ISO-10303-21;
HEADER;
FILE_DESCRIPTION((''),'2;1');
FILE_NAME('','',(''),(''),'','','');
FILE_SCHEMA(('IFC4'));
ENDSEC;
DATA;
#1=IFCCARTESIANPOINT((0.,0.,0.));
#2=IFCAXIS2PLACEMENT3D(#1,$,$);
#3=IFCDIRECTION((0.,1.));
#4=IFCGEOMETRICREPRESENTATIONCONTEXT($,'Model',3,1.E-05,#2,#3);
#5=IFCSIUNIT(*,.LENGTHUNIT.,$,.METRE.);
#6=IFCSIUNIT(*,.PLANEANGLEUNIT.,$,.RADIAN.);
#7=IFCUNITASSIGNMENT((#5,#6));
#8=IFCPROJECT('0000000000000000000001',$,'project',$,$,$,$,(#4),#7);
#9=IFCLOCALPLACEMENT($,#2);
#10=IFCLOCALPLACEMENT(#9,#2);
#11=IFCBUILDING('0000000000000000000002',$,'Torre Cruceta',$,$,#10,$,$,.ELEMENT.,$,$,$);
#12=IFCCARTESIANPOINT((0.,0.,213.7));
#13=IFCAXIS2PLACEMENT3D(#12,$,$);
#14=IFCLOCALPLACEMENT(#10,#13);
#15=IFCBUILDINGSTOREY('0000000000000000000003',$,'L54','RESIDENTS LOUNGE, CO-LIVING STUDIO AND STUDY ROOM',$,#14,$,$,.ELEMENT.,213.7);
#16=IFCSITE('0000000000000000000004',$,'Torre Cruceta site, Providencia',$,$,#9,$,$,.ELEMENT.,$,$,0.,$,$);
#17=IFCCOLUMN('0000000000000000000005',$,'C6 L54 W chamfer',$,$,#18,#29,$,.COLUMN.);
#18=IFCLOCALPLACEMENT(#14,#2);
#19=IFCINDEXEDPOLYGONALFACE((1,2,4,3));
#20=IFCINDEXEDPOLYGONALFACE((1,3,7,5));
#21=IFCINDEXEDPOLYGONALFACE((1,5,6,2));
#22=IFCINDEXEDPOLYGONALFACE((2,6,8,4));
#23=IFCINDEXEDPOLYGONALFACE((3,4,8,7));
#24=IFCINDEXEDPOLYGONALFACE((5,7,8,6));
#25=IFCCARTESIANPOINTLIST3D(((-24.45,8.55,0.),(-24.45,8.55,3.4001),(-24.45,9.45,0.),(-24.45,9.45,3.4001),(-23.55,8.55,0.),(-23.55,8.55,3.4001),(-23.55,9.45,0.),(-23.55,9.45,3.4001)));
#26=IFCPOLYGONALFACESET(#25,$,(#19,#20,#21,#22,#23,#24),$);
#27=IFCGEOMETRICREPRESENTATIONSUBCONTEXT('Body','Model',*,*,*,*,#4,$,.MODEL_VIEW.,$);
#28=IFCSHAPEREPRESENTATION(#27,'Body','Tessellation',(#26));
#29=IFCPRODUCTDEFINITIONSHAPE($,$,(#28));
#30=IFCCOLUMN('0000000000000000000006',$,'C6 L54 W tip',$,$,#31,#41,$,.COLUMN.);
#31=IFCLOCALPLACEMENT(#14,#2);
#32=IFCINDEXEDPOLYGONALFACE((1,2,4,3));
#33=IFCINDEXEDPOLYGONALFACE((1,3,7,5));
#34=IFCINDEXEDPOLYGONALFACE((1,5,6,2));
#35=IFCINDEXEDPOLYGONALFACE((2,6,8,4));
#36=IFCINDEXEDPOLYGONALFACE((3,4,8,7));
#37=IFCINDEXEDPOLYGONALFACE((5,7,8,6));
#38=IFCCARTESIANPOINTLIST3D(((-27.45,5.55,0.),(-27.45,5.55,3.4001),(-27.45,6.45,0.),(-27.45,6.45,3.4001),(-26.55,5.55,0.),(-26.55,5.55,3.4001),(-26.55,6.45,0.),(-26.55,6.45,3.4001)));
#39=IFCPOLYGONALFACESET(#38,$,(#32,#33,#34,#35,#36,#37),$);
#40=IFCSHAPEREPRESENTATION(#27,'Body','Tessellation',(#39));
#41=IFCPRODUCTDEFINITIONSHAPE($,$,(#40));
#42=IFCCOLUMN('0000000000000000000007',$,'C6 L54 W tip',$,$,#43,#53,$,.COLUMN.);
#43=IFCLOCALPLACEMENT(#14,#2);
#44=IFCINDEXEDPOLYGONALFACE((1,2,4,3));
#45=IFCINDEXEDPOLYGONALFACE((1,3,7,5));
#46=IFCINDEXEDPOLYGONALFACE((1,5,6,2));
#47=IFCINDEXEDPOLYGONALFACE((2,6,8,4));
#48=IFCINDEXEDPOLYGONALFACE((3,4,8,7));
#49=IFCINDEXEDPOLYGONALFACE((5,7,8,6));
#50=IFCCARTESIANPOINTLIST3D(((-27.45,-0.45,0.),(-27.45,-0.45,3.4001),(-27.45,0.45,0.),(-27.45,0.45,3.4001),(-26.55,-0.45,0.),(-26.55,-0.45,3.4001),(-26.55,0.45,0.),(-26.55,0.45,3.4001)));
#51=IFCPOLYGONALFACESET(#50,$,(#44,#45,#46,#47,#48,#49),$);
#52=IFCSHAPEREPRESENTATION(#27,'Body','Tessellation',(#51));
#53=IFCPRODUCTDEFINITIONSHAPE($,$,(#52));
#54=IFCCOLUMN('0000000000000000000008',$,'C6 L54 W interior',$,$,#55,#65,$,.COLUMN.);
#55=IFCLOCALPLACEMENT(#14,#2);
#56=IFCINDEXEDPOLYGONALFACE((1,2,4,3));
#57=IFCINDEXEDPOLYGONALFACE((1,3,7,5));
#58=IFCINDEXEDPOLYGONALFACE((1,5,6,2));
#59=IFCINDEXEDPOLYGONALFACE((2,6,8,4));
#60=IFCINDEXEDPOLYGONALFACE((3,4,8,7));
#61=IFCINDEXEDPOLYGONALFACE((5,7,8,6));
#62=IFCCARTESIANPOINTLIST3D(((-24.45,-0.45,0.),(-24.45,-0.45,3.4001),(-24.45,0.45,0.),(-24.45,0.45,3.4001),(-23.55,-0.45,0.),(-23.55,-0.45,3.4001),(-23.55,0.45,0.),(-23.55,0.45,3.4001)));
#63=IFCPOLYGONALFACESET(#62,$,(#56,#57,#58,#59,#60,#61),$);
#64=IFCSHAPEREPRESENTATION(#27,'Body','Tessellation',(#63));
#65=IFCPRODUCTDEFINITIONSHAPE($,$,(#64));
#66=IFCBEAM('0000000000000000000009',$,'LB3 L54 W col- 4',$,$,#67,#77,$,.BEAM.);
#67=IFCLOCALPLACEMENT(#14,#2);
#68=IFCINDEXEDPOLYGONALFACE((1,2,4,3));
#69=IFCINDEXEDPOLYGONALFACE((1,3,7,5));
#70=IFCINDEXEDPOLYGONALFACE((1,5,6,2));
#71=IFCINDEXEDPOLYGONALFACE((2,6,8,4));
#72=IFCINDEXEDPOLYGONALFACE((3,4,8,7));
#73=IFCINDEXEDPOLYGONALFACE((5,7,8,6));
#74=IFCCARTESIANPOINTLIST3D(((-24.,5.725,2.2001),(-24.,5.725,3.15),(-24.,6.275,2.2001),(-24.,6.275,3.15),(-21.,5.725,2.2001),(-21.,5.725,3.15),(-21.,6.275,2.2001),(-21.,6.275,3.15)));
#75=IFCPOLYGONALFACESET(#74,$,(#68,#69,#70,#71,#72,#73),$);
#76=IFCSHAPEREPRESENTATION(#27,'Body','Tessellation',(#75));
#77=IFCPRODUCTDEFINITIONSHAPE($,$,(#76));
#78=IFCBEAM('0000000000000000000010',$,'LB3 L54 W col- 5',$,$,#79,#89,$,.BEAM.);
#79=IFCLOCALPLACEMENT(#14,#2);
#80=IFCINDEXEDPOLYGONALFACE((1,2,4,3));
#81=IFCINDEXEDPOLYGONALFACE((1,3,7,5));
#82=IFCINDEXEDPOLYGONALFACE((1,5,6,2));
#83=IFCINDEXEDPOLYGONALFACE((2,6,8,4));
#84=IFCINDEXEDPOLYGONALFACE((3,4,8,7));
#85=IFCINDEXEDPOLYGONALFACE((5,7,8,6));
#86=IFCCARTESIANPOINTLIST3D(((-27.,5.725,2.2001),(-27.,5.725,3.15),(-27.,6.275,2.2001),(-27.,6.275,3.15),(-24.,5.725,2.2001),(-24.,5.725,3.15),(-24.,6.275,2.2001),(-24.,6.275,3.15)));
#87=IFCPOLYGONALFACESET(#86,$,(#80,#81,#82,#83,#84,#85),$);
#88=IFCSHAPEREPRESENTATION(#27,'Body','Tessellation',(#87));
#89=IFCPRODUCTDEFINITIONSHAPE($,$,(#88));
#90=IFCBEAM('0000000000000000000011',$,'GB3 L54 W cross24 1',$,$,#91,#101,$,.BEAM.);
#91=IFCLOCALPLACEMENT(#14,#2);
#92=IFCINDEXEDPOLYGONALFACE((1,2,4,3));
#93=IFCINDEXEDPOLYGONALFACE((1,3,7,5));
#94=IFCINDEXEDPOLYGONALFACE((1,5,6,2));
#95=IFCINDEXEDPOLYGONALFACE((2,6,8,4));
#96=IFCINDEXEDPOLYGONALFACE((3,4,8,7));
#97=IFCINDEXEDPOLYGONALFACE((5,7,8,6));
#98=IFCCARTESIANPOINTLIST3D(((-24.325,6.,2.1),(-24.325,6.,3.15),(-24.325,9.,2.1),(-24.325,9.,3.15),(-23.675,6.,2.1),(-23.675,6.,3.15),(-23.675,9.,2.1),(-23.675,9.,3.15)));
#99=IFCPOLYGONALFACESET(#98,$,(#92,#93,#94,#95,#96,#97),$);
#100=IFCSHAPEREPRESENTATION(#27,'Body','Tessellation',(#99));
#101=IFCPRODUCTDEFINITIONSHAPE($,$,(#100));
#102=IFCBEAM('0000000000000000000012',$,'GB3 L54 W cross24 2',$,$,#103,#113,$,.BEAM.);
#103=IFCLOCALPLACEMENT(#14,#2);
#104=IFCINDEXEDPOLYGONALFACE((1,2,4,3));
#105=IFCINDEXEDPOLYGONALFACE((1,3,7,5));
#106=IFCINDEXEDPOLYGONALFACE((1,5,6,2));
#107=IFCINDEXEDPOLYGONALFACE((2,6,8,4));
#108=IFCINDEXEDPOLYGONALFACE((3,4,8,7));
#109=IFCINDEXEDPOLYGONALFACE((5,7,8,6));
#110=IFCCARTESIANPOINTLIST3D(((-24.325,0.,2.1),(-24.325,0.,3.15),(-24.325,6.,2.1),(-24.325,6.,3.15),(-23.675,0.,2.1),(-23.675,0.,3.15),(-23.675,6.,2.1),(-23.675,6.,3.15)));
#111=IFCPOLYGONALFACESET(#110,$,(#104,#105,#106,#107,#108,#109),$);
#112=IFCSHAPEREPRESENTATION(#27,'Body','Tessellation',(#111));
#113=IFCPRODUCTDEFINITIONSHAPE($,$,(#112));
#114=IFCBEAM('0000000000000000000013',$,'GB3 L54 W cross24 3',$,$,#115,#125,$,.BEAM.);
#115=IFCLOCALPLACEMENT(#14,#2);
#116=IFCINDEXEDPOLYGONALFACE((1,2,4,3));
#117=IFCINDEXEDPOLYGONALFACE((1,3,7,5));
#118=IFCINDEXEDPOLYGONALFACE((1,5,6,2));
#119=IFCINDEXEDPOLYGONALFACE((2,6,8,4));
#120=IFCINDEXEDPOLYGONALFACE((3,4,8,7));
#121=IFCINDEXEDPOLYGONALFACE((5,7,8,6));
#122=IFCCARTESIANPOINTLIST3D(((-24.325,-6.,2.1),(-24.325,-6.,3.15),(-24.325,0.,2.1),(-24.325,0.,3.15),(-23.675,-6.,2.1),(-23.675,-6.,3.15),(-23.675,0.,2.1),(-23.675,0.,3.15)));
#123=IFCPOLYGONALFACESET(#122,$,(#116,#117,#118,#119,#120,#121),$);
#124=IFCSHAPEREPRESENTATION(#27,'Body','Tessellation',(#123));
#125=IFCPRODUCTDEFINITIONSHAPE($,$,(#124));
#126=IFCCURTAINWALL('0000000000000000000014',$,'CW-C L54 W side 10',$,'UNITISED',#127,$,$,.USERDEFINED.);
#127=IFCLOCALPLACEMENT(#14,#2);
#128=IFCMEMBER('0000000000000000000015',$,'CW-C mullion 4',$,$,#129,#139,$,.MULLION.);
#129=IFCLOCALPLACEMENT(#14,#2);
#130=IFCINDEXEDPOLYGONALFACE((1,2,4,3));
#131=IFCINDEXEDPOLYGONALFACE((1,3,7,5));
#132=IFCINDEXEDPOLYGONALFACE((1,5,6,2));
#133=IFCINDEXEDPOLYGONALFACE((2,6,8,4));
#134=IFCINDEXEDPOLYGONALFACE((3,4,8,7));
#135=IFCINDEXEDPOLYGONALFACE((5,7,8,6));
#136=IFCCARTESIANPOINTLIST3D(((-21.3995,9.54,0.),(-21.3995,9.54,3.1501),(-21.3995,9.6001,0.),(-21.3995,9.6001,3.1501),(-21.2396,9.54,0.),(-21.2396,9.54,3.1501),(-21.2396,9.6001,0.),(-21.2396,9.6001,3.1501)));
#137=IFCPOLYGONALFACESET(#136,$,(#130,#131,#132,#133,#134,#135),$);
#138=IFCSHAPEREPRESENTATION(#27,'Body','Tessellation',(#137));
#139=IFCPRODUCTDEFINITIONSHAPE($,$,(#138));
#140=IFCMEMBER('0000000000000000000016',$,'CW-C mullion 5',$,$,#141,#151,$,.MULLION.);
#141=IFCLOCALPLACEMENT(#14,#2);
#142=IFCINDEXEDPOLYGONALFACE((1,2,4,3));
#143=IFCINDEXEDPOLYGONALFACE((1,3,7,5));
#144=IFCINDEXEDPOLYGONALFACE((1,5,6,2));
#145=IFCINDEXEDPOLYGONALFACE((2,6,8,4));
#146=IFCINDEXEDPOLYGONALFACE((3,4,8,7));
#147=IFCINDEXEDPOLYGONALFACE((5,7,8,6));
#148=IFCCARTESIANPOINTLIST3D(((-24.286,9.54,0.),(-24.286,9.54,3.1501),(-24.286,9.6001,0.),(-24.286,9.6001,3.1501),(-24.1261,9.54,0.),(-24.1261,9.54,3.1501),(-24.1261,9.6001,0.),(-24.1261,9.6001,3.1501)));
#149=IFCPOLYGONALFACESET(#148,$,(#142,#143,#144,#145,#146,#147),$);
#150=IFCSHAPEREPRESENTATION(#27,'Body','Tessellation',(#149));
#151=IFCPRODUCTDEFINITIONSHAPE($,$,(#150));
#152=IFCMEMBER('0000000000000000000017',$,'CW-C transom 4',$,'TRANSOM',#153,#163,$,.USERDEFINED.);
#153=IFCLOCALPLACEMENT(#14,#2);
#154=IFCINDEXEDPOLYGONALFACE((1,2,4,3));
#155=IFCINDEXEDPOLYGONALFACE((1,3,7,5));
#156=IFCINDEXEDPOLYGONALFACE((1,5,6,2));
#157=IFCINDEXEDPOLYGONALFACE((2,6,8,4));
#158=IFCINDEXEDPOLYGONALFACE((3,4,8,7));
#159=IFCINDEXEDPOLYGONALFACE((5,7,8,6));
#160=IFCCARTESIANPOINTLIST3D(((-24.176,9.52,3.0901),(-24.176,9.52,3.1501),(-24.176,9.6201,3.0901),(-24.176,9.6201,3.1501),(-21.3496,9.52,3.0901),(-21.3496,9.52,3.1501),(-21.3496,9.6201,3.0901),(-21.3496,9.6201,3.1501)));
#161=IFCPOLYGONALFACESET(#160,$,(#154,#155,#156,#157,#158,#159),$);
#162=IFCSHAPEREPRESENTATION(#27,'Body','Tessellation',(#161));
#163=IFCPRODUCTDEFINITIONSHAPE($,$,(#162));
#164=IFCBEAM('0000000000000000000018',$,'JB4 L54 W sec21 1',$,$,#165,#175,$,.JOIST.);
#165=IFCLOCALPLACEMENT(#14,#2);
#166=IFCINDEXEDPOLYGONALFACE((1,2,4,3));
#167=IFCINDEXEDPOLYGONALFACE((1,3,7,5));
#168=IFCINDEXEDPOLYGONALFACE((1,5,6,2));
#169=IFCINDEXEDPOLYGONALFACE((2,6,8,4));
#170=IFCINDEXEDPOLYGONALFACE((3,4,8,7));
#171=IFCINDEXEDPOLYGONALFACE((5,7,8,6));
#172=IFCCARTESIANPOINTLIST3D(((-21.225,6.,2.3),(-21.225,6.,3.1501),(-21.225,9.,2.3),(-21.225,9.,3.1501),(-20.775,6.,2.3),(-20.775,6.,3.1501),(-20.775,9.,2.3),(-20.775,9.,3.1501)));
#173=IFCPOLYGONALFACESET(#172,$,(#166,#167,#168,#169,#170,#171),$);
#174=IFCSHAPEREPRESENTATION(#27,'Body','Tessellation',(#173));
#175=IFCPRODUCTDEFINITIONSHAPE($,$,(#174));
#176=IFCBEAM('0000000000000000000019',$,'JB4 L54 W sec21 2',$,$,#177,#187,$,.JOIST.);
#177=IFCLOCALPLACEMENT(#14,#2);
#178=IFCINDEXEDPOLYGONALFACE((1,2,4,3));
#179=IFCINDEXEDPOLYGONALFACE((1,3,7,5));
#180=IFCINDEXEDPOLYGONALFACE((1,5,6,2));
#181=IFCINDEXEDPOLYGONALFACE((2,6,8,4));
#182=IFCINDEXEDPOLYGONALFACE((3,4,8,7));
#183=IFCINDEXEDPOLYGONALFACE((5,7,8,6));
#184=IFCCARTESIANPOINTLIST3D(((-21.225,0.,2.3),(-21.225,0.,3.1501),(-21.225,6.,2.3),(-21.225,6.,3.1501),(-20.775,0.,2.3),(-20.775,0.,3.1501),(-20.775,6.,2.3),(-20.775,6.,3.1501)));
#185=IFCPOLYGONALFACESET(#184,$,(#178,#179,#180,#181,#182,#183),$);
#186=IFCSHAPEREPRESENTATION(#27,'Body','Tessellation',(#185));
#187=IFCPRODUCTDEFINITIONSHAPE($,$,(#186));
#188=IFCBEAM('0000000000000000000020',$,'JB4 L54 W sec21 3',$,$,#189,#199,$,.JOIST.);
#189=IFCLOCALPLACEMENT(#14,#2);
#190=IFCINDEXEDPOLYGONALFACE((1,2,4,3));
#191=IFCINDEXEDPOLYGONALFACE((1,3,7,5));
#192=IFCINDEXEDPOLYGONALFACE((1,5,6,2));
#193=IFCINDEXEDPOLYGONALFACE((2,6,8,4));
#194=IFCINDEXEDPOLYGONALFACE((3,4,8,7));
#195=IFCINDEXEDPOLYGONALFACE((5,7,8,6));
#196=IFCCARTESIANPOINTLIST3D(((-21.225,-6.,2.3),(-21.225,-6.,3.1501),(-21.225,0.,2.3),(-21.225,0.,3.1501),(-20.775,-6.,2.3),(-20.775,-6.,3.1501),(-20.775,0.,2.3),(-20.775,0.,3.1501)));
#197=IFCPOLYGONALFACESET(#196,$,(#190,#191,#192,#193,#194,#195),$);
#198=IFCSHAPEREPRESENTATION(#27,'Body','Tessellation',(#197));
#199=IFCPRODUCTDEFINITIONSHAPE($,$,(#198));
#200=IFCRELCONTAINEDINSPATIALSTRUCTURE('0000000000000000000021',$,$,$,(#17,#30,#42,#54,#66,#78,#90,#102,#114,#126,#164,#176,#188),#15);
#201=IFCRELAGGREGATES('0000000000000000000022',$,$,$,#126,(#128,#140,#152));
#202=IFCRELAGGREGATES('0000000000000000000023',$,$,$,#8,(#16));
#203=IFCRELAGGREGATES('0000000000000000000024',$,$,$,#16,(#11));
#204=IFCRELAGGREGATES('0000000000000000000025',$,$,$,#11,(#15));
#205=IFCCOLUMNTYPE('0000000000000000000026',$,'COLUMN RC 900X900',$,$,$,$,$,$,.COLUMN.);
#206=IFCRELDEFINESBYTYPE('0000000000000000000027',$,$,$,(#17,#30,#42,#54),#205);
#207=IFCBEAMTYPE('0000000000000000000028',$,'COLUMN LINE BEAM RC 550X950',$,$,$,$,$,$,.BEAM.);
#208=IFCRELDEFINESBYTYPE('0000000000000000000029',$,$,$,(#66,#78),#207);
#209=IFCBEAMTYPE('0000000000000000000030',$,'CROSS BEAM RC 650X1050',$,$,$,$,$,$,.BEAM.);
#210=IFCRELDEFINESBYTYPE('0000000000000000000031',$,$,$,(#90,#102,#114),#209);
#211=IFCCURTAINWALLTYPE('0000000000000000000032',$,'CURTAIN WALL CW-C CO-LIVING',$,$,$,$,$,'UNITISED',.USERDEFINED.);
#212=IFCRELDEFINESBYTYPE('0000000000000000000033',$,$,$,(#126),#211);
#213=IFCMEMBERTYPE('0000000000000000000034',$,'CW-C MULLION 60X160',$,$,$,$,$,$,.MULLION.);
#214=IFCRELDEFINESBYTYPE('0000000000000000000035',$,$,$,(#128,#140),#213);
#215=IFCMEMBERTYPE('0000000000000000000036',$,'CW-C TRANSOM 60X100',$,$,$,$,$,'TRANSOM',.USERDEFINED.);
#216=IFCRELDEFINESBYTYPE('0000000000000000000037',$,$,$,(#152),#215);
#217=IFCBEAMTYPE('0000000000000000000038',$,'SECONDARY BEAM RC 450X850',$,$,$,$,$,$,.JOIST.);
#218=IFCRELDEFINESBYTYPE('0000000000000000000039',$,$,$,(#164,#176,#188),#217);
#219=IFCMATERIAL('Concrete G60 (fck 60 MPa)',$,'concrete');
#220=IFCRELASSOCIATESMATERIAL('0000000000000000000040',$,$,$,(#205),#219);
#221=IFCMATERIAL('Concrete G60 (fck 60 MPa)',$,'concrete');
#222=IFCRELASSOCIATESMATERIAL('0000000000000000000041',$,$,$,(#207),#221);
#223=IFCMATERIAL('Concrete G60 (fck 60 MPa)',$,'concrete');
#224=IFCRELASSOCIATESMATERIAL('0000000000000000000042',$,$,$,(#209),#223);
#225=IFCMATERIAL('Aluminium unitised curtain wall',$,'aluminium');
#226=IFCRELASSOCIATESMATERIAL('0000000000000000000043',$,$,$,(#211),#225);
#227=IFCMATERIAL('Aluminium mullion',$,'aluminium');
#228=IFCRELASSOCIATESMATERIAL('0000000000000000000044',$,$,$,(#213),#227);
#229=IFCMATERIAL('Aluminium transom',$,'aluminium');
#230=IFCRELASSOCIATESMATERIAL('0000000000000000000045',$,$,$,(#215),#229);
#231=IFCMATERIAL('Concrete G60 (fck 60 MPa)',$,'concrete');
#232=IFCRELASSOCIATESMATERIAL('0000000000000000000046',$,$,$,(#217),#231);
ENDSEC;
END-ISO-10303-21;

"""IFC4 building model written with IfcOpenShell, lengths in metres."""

from ifc_helpers import new_model, si_unit, direction, frame, origin, origin_2d, place, context, subcontext, project, spatial, rectangle, extrude, material, material_profile, profile_set, type_object, element, aggregate, save


model = new_model("IFC4")

# Units and contexts
model_context = context("Model", 3, precision=1e-05, world=origin(), true_north=direction((0.0, 1.0)))
body_context = subcontext(model_context, "Body", "Model", "MODEL_VIEW")
ifc_project = project(units=[si_unit("LENGTHUNIT", "METRE"), si_unit("PLANEANGLEUNIT", "RADIAN")], contexts=[model_context])

# Site, building, storey
site_placement = place(None, origin())
site = spatial("IfcSite", under=ifc_project, at=site_placement, Name="Torre Cruceta site, Providencia", CompositionType="ELEMENT", RefElevation=0.0)
building_placement = place(site_placement, origin())
building = spatial("IfcBuilding", under=site, at=building_placement, Name="Torre Cruceta", CompositionType="ELEMENT")
storey_placement = place(building_placement, frame((0.0, 0.0, 213.7)))
storey = spatial("IfcBuildingStorey", under=building, at=storey_placement, Name="L54", Description="RESIDENTS LOUNGE, CO-LIVING STUDIO AND STUDY ROOM", CompositionType="ELEMENT", Elevation=213.7)

# Columns
ifc_material_1 = material(Name="Concrete G60 (fck 60 MPa)", Category="concrete")
ifc_material_profile_1 = material_profile(ifc_material_1, rectangle(XDim=0.8999, YDim=0.8999, at=origin_2d()), Name="RC 900X900")
ifc_profile_set_1 = profile_set([ifc_material_profile_1], Name="Concrete G60 (fck 60 MPa)")
column_type = type_object("IfcColumnType", Name="COLUMN RC 900X900", PredefinedType="COLUMN", material=ifc_profile_set_1)
for number, where, z_axis, x_axis, name in (
    (1, (-24.0, 9.0, 0.0), (0.0, 0.0, 1.0), (1.0, 0.0, 0.0), "C6 L54 W chamfer"),
    (2, (-27.0, 6.0, 0.0), (0.0, 0.0, 1.0), (1.0, 0.0, 0.0), "C6 L54 W tip"),
    (3, (-27.0, 0.0, 0.0), (0.0, 0.0, 1.0), (1.0, 0.0, 0.0), "C6 L54 W tip"),
    (4, (-24.0, 0.0, 0.0), (0.0, 0.0, 1.0), (1.0, 0.0, 0.0), "C6 L54 W interior"),
):
    element("IfcColumn", number, at=place(storey_placement, frame(where, z_axis=z_axis, x_axis=x_axis)), inside=storey, type_object=column_type, Name=name, PredefinedType="COLUMN", context=body_context, shape_type="SweptSolid", body=[
        extrude(rectangle(XDim=0.8999, YDim=0.8999, at=origin_2d()), origin(), (0.0, 0.0, 1.0), 3.4001),
    ])

# Beams
ifc_material_2 = material(Name="Concrete G60 (fck 60 MPa)", Category="concrete")
ifc_material_profile_2 = material_profile(ifc_material_2, rectangle(XDim=0.55, YDim=0.95, at=origin_2d()), Name="RC 550X950")
ifc_profile_set_2 = profile_set([ifc_material_profile_2], Name="Concrete G60 (fck 60 MPa)")
beam_type_1 = type_object("IfcBeamType", Name="COLUMN LINE BEAM RC 550X950", PredefinedType="BEAM", material=ifc_profile_set_2)
for number, where, z_axis, x_axis, name in (
    (5, (-21.0, 6.0, 2.675), (-1.0, 0.0, 0.0), (0.0, -1.0, 0.0), "LB3 L54 W col- 4"),
    (6, (-24.0, 6.0, 2.675), (-1.0, 0.0, 0.0), (0.0, -1.0, 0.0), "LB3 L54 W col- 5"),
):
    element("IfcBeam", number, at=place(storey_placement, frame(where, z_axis=z_axis, x_axis=x_axis)), inside=storey, type_object=beam_type_1, Name=name, PredefinedType="BEAM", context=body_context, shape_type="SweptSolid", body=[
        extrude(rectangle(XDim=0.55, YDim=0.95, at=origin_2d()), origin(), (0.0, 0.0, 1.0), 3.0),
    ])
ifc_material_3 = material(Name="Concrete G60 (fck 60 MPa)", Category="concrete")
ifc_material_profile_3 = material_profile(ifc_material_3, rectangle(XDim=0.6499, YDim=1.05, at=origin_2d()), Name="RC 650X1050")
ifc_profile_set_3 = profile_set([ifc_material_profile_3], Name="Concrete G60 (fck 60 MPa)")
beam_type_2 = type_object("IfcBeamType", Name="CROSS BEAM RC 650X1050", PredefinedType="BEAM", material=ifc_profile_set_3)
beam_1_placement = place(storey_placement, frame((-24.0, 9.0, 2.625), z_axis=(0.0, -1.0, 0.0), x_axis=(1.0, 0.0, 0.0)))
element("IfcBeam", 7, at=beam_1_placement, inside=storey, type_object=beam_type_2, Name="GB3 L54 W cross24 1", PredefinedType="BEAM", context=body_context, shape_type="SweptSolid", body=[
    extrude(rectangle(XDim=0.6499, YDim=1.05, at=origin_2d()), origin(), (0.0, 0.0, 1.0), 3.0),
])
for number, where, z_axis, x_axis, name in (
    (8, (-24.0, 6.0, 2.625), (0.0, -1.0, 0.0), (1.0, 0.0, 0.0), "GB3 L54 W cross24 2"),
    (9, (-24.0, 0.0, 2.625), (0.0, -1.0, 0.0), (1.0, 0.0, 0.0), "GB3 L54 W cross24 3"),
):
    element("IfcBeam", number, at=place(storey_placement, frame(where, z_axis=z_axis, x_axis=x_axis)), inside=storey, type_object=beam_type_2, Name=name, PredefinedType="BEAM", context=body_context, shape_type="SweptSolid", body=[
        extrude(rectangle(XDim=0.6499, YDim=1.05, at=origin_2d()), origin(), (0.0, 0.0, 1.0), 6.0),
    ])

# Curtain wall, members
ifc_material_4 = material(Name="Aluminium unitised curtain wall", Category="aluminium")
curtain_wall_type = type_object("IfcCurtainWallType", Name="CURTAIN WALL CW-C CO-LIVING", ElementType="UNITISED", PredefinedType="USERDEFINED", material=ifc_material_4)
curtain_wall_placement = place(storey_placement, origin())
curtain_wall = element("IfcCurtainWall", 10, at=curtain_wall_placement, inside=storey, type_object=curtain_wall_type, Name="CW-C L54 W side 10", ObjectType="UNITISED", PredefinedType="USERDEFINED")
ifc_material_5 = material(Name="Aluminium mullion", Category="aluminium")
ifc_material_profile_4 = material_profile(ifc_material_5, rectangle(XDim=0.0601, YDim=0.1599, at=origin_2d()), Name="AL 60X160")
ifc_profile_set_4 = profile_set([ifc_material_profile_4], Name="Aluminium mullion")
member_type_1 = type_object("IfcMemberType", Name="CW-C MULLION 60X160", PredefinedType="MULLION", material=ifc_profile_set_4)
member_1_placement = place(storey_placement, frame((-21.3196, 9.5701, 0.0), z_axis=(0.0, 0.0, 1.0), x_axis=(0.0, -1.0, 0.0)))
member_1 = element("IfcMember", 11, at=member_1_placement, type_object=member_type_1, Name="CW-C mullion 4", PredefinedType="MULLION", context=body_context, shape_type="SweptSolid", body=[
    extrude(rectangle(XDim=0.0601, YDim=0.1599, at=origin_2d()), origin(), (0.0, 0.0, 1.0), 3.1501),
])
member_2_placement = place(storey_placement, frame((-24.2061, 9.5701, 0.0), z_axis=(0.0, 0.0, 1.0), x_axis=(0.0, -1.0, 0.0)))
member_2 = element("IfcMember", 12, at=member_2_placement, type_object=member_type_1, Name="CW-C mullion 5", PredefinedType="MULLION", context=body_context, shape_type="SweptSolid", body=[
    extrude(rectangle(XDim=0.0601, YDim=0.1599, at=origin_2d()), origin(), (0.0, 0.0, 1.0), 3.1501),
])
ifc_material_6 = material(Name="Aluminium transom", Category="aluminium")
ifc_material_profile_5 = material_profile(ifc_material_6, rectangle(XDim=0.1001, YDim=0.0601, at=origin_2d()), Name="AL 100X60")
ifc_profile_set_5 = profile_set([ifc_material_profile_5], Name="Aluminium transom")
member_type_2 = type_object("IfcMemberType", Name="CW-C TRANSOM 60X100", ElementType="TRANSOM", PredefinedType="USERDEFINED", material=ifc_profile_set_5)
member_3_placement = place(storey_placement, frame((-21.3496, 9.5701, 3.1201), z_axis=(-1.0, 0.0, 0.0), x_axis=(0.0, -1.0, 0.0)))
member_3 = element("IfcMember", 13, at=member_3_placement, type_object=member_type_2, Name="CW-C transom 4", ObjectType="TRANSOM", PredefinedType="USERDEFINED", context=body_context, shape_type="SweptSolid", body=[
    extrude(rectangle(XDim=0.1001, YDim=0.0601, at=origin_2d()), origin(), (0.0, 0.0, 1.0), 2.8264),
])

# Beams
ifc_material_7 = material(Name="Concrete G60 (fck 60 MPa)", Category="concrete")
ifc_material_profile_6 = material_profile(ifc_material_7, rectangle(XDim=0.45, YDim=0.8501, at=origin_2d()), Name="RC 450X850")
ifc_profile_set_6 = profile_set([ifc_material_profile_6], Name="Concrete G60 (fck 60 MPa)")
beam_type_3 = type_object("IfcBeamType", Name="SECONDARY BEAM RC 450X850", PredefinedType="JOIST", material=ifc_profile_set_6)
beam_2_placement = place(storey_placement, frame((-21.0, 9.0, 2.7251), z_axis=(0.0, -1.0, 0.0), x_axis=(1.0, 0.0, 0.0)))
element("IfcBeam", 14, at=beam_2_placement, inside=storey, type_object=beam_type_3, Name="JB4 L54 W sec21 1", PredefinedType="JOIST", context=body_context, shape_type="SweptSolid", body=[
    extrude(rectangle(XDim=0.45, YDim=0.8501, at=origin_2d()), origin(), (0.0, 0.0, 1.0), 3.0),
])
for number, where, z_axis, x_axis, name in (
    (15, (-21.0, 6.0, 2.7251), (0.0, -1.0, 0.0), (1.0, 0.0, 0.0), "JB4 L54 W sec21 2"),
    (16, (-21.0, 0.0, 2.7251), (0.0, -1.0, 0.0), (1.0, 0.0, 0.0), "JB4 L54 W sec21 3"),
):
    element("IfcBeam", number, at=place(storey_placement, frame(where, z_axis=z_axis, x_axis=x_axis)), inside=storey, type_object=beam_type_3, Name=name, PredefinedType="JOIST", context=body_context, shape_type="SweptSolid", body=[
        extrude(rectangle(XDim=0.45, YDim=0.8501, at=origin_2d()), origin(), (0.0, 0.0, 1.0), 6.0),
    ])

aggregate(curtain_wall, [member_1, member_2, member_3])

save(model, "model.ifc")
